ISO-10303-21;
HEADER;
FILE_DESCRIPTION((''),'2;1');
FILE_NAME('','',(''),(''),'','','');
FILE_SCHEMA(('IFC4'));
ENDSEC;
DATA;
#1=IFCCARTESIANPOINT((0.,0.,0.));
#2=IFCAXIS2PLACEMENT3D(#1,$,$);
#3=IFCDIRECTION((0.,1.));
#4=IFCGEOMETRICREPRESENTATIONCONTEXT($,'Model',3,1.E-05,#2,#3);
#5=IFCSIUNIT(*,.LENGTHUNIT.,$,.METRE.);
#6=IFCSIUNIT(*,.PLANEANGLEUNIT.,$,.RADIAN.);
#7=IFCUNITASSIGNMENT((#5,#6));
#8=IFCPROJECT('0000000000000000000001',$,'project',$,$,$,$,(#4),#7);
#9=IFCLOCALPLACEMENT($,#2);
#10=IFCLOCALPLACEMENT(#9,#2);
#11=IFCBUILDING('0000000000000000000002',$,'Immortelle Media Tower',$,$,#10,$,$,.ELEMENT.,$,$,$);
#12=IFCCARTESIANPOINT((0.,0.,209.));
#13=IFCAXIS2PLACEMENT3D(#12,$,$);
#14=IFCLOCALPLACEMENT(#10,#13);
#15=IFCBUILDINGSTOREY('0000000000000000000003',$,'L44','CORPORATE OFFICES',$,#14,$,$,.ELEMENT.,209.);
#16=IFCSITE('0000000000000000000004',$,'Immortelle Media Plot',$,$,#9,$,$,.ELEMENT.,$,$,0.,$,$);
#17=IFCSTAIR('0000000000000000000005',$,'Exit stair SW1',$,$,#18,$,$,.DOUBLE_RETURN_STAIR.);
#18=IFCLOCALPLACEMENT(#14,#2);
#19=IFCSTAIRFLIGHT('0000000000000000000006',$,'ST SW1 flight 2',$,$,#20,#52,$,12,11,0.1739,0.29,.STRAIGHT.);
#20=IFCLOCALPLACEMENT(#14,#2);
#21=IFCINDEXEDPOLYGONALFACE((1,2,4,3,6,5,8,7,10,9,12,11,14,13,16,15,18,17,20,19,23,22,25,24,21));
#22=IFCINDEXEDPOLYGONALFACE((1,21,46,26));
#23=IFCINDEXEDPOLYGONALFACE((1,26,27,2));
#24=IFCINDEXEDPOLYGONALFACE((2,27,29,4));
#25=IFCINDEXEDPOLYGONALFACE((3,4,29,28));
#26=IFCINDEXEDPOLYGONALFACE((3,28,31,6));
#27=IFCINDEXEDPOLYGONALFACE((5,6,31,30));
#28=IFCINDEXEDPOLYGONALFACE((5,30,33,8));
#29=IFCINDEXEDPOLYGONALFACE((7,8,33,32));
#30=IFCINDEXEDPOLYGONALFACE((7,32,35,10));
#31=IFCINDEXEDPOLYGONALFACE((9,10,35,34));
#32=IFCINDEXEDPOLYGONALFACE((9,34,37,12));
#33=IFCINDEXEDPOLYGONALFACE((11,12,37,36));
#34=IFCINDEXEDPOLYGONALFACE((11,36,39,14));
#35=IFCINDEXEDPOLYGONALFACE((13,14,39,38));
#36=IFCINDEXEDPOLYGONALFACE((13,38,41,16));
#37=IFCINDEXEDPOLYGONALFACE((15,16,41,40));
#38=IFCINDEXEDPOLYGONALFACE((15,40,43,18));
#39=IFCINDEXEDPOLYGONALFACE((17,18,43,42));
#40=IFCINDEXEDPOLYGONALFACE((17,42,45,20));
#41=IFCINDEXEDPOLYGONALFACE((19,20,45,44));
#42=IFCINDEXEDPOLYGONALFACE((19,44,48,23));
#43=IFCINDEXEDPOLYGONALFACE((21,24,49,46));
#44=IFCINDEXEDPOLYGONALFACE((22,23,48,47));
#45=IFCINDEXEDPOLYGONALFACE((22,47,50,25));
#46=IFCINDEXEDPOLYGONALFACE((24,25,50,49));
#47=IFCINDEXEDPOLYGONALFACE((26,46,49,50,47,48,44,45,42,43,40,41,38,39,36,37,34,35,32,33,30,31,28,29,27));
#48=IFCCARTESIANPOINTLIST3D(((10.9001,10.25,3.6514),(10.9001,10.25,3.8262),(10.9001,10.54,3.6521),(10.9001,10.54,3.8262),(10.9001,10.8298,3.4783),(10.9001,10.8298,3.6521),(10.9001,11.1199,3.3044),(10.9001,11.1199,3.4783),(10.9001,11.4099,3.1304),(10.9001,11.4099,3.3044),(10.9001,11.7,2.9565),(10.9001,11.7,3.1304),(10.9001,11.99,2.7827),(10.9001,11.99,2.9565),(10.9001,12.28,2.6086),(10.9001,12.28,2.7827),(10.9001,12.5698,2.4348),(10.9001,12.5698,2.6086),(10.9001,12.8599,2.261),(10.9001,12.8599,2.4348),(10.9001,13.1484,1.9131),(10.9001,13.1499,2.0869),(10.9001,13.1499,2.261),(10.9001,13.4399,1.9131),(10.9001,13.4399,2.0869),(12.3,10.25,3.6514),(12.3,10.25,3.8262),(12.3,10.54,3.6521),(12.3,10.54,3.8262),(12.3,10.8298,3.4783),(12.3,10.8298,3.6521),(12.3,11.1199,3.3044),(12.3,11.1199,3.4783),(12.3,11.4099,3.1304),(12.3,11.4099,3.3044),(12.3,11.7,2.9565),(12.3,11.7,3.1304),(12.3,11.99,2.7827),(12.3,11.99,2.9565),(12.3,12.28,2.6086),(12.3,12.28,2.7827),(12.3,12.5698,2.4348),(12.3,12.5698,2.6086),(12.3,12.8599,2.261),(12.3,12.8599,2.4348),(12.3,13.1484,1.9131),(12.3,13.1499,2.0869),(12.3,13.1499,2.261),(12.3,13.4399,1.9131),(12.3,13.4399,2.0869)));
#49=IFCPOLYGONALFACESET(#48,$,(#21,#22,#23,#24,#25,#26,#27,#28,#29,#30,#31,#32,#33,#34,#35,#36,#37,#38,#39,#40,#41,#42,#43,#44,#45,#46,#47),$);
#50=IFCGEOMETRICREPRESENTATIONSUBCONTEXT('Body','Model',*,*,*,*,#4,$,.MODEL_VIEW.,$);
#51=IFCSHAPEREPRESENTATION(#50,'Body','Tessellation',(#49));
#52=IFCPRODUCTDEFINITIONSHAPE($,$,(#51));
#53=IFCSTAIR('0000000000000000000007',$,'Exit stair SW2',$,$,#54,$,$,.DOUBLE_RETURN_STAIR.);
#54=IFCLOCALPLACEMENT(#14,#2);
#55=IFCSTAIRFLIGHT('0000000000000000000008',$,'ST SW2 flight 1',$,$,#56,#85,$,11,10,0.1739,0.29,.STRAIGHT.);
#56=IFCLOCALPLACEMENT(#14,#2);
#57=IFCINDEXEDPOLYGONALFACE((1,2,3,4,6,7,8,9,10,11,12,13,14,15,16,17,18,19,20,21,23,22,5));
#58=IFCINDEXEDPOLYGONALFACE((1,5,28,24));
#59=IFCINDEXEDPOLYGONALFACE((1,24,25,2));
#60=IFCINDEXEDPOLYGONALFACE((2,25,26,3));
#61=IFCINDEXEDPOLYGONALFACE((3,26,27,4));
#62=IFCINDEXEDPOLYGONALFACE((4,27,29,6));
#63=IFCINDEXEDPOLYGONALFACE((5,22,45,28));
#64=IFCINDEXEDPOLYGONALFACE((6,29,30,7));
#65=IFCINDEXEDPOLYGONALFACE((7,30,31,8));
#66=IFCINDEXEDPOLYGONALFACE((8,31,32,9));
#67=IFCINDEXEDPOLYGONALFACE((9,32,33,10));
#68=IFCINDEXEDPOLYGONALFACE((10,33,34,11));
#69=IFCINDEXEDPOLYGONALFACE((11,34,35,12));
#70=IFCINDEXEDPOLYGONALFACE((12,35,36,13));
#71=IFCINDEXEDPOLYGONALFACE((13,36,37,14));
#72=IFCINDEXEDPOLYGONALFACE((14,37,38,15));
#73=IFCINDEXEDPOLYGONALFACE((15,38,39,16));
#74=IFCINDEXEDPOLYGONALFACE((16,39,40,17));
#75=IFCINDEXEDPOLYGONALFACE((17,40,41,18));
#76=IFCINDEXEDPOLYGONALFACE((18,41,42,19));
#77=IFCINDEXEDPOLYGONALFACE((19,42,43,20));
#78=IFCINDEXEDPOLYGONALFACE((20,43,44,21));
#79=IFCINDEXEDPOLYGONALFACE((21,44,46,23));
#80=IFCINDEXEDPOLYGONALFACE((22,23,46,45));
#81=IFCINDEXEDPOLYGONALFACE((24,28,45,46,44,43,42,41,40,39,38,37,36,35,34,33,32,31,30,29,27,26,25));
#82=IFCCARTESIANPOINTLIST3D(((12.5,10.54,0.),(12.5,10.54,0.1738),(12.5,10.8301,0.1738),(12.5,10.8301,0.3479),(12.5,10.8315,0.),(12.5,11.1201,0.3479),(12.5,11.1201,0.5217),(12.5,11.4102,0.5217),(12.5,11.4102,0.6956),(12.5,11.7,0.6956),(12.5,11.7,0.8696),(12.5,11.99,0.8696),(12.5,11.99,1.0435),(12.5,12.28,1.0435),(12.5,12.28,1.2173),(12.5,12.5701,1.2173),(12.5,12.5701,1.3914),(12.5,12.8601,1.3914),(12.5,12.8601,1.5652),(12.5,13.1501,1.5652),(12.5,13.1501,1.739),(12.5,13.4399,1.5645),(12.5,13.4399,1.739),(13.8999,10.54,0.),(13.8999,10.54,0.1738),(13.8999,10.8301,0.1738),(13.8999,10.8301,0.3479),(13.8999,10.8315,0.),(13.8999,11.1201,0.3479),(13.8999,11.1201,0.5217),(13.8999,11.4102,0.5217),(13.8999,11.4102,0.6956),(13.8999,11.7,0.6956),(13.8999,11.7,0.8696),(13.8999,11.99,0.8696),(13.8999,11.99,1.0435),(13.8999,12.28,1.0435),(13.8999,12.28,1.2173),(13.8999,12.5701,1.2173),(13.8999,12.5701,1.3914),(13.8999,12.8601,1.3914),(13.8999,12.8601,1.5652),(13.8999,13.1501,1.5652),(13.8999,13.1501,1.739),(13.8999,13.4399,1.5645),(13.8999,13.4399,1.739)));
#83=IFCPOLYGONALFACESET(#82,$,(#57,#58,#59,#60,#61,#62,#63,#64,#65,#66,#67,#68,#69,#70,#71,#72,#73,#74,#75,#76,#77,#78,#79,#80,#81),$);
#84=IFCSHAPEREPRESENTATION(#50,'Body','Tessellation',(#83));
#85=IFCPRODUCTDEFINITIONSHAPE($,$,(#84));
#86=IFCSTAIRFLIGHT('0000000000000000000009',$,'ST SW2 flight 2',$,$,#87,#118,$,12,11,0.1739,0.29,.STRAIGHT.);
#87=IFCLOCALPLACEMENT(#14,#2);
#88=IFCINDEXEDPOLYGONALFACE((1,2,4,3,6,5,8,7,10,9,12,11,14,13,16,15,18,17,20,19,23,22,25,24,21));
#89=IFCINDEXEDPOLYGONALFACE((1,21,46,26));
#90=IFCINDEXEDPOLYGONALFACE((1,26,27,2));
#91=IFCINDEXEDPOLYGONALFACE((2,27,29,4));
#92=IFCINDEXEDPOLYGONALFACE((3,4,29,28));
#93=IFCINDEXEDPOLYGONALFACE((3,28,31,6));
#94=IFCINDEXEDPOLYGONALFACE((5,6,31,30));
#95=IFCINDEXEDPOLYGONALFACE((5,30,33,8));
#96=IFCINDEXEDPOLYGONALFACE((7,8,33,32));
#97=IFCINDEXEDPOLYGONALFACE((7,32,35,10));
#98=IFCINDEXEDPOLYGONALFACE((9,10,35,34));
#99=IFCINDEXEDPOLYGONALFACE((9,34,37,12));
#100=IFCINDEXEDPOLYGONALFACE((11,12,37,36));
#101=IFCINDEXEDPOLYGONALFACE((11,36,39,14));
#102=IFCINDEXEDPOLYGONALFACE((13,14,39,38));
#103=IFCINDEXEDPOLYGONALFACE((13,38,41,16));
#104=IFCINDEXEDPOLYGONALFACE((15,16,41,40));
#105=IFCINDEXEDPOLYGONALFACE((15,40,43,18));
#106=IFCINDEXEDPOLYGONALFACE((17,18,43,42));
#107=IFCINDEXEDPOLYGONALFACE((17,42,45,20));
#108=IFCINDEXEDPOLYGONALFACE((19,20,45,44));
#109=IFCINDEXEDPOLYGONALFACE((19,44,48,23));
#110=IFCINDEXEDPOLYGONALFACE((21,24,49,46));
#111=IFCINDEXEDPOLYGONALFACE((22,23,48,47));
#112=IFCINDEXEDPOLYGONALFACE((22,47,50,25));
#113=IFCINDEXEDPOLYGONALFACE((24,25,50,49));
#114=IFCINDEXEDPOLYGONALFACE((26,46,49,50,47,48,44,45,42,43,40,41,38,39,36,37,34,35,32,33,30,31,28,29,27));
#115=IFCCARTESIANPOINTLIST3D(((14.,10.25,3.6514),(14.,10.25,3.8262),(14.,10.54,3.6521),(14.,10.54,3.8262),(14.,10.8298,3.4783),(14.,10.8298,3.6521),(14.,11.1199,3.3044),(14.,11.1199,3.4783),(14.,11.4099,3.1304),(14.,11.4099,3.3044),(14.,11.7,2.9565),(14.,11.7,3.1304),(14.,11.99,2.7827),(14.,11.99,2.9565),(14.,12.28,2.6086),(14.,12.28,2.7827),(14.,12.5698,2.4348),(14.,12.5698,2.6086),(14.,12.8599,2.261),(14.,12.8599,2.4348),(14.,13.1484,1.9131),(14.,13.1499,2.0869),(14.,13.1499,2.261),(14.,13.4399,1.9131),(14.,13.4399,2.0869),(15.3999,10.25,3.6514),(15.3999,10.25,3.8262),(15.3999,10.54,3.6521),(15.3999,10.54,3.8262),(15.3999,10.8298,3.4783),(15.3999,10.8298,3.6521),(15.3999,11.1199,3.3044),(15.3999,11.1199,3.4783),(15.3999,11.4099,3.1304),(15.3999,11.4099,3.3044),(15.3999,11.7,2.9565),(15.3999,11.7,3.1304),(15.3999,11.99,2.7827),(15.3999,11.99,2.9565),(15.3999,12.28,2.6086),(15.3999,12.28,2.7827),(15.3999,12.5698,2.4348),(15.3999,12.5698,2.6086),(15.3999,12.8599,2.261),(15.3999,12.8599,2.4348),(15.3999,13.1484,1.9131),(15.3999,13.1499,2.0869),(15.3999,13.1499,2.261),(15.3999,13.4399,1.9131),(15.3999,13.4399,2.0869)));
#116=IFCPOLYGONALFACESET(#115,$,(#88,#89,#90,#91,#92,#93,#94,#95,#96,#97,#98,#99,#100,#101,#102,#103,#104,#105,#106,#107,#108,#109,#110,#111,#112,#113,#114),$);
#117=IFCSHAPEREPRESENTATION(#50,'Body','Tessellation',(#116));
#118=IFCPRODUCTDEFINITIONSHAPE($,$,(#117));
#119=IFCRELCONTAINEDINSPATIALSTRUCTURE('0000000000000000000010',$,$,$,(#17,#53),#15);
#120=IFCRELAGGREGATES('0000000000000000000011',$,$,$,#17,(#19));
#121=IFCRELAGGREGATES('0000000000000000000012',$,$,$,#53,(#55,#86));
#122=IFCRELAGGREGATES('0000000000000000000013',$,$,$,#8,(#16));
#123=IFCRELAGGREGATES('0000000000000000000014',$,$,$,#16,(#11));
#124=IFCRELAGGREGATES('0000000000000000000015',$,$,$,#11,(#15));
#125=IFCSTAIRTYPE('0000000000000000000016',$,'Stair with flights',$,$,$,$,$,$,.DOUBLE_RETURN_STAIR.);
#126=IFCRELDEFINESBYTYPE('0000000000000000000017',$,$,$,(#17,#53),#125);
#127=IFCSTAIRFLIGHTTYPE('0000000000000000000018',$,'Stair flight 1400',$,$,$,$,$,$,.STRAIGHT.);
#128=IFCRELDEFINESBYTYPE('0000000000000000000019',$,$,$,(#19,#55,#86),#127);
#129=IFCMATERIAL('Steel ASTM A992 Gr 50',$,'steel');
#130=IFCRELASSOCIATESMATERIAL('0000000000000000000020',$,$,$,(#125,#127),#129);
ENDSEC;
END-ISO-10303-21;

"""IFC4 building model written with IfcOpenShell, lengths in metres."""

from ifc_helpers import new_model, si_unit, direction, frame, origin, place, context, subcontext, project, spatial, polyline, outline, extrude, material, type_object, element, aggregate, save


model = new_model("IFC4")

# Units and contexts
model_context = context("Model", 3, precision=1e-05, world=origin(), true_north=direction((0.0, 1.0)))
body_context = subcontext(model_context, "Body", "Model", "MODEL_VIEW")
ifc_project = project(units=[si_unit("LENGTHUNIT", "METRE"), si_unit("PLANEANGLEUNIT", "RADIAN")], contexts=[model_context])

# Site, building, storey
site_placement = place(None, origin())
site = spatial("IfcSite", under=ifc_project, at=site_placement, Name="Immortelle Media Plot", CompositionType="ELEMENT", RefElevation=0.0)
building_placement = place(site_placement, origin())
building = spatial("IfcBuilding", under=site, at=building_placement, Name="Immortelle Media Tower", CompositionType="ELEMENT")
storey_placement = place(building_placement, frame((0.0, 0.0, 209.0)))
storey = spatial("IfcBuildingStorey", under=building, at=storey_placement, Name="L44", Description="CORPORATE OFFICES", CompositionType="ELEMENT", Elevation=209.0)

# Shared definitions
ifc_material_1 = material(Name="Steel ASTM A992 Gr 50", Category="steel")

# Stairs, stair flights
stair_type = type_object("IfcStairType", Name="Stair with flights", PredefinedType="DOUBLE_RETURN_STAIR", material=ifc_material_1)
stair_1_placement = place(storey_placement, origin())
stair_1 = element("IfcStair", 1, at=stair_1_placement, inside=storey, type_object=stair_type, Name="Exit stair SW1", PredefinedType="DOUBLE_RETURN_STAIR")
stair_flight_type = type_object("IfcStairFlightType", Name="Stair flight 1400", PredefinedType="STRAIGHT", material=ifc_material_1)
stair_flight_1_placement = place(storey_placement, frame((11.6001, 13.4399, 1.9131), z_axis=(0.0, 0.0, 1.0), x_axis=(0.0, -1.0, 0.0)))
stair_flight_1 = element("IfcStairFlight", 2, at=stair_flight_1_placement, type_object=stair_flight_type, Name="ST SW1 flight 2", NumberOfRisers=12, NumberOfTreads=11, PredefinedType="STRAIGHT", RiserHeight=0.1739, TreadLength=0.29, context=body_context, shape_type="SweptSolid", body=[
    extrude(outline(polyline([(0.0, 0.0), (0.0, 0.1738), (0.29, 0.1738), (0.29, 0.3479), (0.5801, 0.3479), (0.5801, 0.5217), (0.8701, 0.5217), (0.8701, 0.6956), (1.1599, 0.6956), (1.1599, 0.8696), (1.45, 0.8696), (1.45, 1.0435), (1.74, 1.0435), (1.74, 1.2173), (2.03, 1.2173), (2.03, 1.3914), (2.3201, 1.3914), (2.3201, 1.5652), (2.6101, 1.5652), (2.6101, 1.739), (2.8999, 1.739), (2.8999, 1.9131), (3.1899, 1.9131), (3.1899, 2.0869), (3.1899, 1.7383), (0.2915, 0.0), (0.0, 0.0)])), frame((0.0, 0.7, 0.0), z_axis=(0.0, -1.0, 0.0), x_axis=(1.0, 0.0, 0.0)), (0.0, 0.0, 1.0), 1.3999),
])
aggregate(stair_1, [stair_flight_1])
stair_2_placement = place(storey_placement, origin())
stair_2 = element("IfcStair", 3, at=stair_2_placement, inside=storey, type_object=stair_type, Name="Exit stair SW2", PredefinedType="DOUBLE_RETURN_STAIR")
stair_flight_2_placement = place(storey_placement, frame((13.2, 10.54, 0.0), z_axis=(0.0, 0.0, 1.0), x_axis=(0.0, 1.0, 0.0)))
stair_flight_2 = element("IfcStairFlight", 4, at=stair_flight_2_placement, type_object=stair_flight_type, Name="ST SW2 flight 1", NumberOfRisers=11, NumberOfTreads=10, PredefinedType="STRAIGHT", RiserHeight=0.1739, TreadLength=0.29, context=body_context, shape_type="SweptSolid", body=[
    extrude(outline(polyline([(0.0, 0.0), (0.0, 0.1738), (0.29, 0.1738), (0.29, 0.3479), (0.5801, 0.3479), (0.5801, 0.5217), (0.8701, 0.5217), (0.8701, 0.6956), (1.1599, 0.6956), (1.1599, 0.8696), (1.45, 0.8696), (1.45, 1.0435), (1.74, 1.0435), (1.74, 1.2173), (2.03, 1.2173), (2.03, 1.3914), (2.3201, 1.3914), (2.3201, 1.5652), (2.6101, 1.5652), (2.6101, 1.739), (2.8999, 1.739), (2.8999, 1.9131), (2.8999, 1.5645), (0.2915, 0.0), (0.0, 0.0)])), frame((0.0, 0.7, 0.0), z_axis=(0.0, -1.0, 0.0), x_axis=(1.0, 0.0, 0.0)), (0.0, 0.0, 1.0), 1.3999),
])
stair_flight_3_placement = place(storey_placement, frame((14.7, 13.4399, 1.9131), z_axis=(0.0, 0.0, 1.0), x_axis=(0.0, -1.0, 0.0)))
stair_flight_3 = element("IfcStairFlight", 5, at=stair_flight_3_placement, type_object=stair_flight_type, Name="ST SW2 flight 2", NumberOfRisers=12, NumberOfTreads=11, PredefinedType="STRAIGHT", RiserHeight=0.1739, TreadLength=0.29, context=body_context, shape_type="SweptSolid", body=[
    extrude(outline(polyline([(0.0, 0.0), (0.0, 0.1738), (0.29, 0.1738), (0.29, 0.3479), (0.5801, 0.3479), (0.5801, 0.5217), (0.8701, 0.5217), (0.8701, 0.6956), (1.1599, 0.6956), (1.1599, 0.8696), (1.45, 0.8696), (1.45, 1.0435), (1.74, 1.0435), (1.74, 1.2173), (2.03, 1.2173), (2.03, 1.3914), (2.3201, 1.3914), (2.3201, 1.5652), (2.6101, 1.5652), (2.6101, 1.739), (2.8999, 1.739), (2.8999, 1.9131), (3.1899, 1.9131), (3.1899, 2.0869), (3.1899, 1.7383), (0.2915, 0.0), (0.0, 0.0)])), frame((0.0, 0.7, 0.0), z_axis=(0.0, -1.0, 0.0), x_axis=(1.0, 0.0, 0.0)), (0.0, 0.0, 1.0), 1.3999),
])
aggregate(stair_2, [stair_flight_2, stair_flight_3])

save(model, "model.ifc")
